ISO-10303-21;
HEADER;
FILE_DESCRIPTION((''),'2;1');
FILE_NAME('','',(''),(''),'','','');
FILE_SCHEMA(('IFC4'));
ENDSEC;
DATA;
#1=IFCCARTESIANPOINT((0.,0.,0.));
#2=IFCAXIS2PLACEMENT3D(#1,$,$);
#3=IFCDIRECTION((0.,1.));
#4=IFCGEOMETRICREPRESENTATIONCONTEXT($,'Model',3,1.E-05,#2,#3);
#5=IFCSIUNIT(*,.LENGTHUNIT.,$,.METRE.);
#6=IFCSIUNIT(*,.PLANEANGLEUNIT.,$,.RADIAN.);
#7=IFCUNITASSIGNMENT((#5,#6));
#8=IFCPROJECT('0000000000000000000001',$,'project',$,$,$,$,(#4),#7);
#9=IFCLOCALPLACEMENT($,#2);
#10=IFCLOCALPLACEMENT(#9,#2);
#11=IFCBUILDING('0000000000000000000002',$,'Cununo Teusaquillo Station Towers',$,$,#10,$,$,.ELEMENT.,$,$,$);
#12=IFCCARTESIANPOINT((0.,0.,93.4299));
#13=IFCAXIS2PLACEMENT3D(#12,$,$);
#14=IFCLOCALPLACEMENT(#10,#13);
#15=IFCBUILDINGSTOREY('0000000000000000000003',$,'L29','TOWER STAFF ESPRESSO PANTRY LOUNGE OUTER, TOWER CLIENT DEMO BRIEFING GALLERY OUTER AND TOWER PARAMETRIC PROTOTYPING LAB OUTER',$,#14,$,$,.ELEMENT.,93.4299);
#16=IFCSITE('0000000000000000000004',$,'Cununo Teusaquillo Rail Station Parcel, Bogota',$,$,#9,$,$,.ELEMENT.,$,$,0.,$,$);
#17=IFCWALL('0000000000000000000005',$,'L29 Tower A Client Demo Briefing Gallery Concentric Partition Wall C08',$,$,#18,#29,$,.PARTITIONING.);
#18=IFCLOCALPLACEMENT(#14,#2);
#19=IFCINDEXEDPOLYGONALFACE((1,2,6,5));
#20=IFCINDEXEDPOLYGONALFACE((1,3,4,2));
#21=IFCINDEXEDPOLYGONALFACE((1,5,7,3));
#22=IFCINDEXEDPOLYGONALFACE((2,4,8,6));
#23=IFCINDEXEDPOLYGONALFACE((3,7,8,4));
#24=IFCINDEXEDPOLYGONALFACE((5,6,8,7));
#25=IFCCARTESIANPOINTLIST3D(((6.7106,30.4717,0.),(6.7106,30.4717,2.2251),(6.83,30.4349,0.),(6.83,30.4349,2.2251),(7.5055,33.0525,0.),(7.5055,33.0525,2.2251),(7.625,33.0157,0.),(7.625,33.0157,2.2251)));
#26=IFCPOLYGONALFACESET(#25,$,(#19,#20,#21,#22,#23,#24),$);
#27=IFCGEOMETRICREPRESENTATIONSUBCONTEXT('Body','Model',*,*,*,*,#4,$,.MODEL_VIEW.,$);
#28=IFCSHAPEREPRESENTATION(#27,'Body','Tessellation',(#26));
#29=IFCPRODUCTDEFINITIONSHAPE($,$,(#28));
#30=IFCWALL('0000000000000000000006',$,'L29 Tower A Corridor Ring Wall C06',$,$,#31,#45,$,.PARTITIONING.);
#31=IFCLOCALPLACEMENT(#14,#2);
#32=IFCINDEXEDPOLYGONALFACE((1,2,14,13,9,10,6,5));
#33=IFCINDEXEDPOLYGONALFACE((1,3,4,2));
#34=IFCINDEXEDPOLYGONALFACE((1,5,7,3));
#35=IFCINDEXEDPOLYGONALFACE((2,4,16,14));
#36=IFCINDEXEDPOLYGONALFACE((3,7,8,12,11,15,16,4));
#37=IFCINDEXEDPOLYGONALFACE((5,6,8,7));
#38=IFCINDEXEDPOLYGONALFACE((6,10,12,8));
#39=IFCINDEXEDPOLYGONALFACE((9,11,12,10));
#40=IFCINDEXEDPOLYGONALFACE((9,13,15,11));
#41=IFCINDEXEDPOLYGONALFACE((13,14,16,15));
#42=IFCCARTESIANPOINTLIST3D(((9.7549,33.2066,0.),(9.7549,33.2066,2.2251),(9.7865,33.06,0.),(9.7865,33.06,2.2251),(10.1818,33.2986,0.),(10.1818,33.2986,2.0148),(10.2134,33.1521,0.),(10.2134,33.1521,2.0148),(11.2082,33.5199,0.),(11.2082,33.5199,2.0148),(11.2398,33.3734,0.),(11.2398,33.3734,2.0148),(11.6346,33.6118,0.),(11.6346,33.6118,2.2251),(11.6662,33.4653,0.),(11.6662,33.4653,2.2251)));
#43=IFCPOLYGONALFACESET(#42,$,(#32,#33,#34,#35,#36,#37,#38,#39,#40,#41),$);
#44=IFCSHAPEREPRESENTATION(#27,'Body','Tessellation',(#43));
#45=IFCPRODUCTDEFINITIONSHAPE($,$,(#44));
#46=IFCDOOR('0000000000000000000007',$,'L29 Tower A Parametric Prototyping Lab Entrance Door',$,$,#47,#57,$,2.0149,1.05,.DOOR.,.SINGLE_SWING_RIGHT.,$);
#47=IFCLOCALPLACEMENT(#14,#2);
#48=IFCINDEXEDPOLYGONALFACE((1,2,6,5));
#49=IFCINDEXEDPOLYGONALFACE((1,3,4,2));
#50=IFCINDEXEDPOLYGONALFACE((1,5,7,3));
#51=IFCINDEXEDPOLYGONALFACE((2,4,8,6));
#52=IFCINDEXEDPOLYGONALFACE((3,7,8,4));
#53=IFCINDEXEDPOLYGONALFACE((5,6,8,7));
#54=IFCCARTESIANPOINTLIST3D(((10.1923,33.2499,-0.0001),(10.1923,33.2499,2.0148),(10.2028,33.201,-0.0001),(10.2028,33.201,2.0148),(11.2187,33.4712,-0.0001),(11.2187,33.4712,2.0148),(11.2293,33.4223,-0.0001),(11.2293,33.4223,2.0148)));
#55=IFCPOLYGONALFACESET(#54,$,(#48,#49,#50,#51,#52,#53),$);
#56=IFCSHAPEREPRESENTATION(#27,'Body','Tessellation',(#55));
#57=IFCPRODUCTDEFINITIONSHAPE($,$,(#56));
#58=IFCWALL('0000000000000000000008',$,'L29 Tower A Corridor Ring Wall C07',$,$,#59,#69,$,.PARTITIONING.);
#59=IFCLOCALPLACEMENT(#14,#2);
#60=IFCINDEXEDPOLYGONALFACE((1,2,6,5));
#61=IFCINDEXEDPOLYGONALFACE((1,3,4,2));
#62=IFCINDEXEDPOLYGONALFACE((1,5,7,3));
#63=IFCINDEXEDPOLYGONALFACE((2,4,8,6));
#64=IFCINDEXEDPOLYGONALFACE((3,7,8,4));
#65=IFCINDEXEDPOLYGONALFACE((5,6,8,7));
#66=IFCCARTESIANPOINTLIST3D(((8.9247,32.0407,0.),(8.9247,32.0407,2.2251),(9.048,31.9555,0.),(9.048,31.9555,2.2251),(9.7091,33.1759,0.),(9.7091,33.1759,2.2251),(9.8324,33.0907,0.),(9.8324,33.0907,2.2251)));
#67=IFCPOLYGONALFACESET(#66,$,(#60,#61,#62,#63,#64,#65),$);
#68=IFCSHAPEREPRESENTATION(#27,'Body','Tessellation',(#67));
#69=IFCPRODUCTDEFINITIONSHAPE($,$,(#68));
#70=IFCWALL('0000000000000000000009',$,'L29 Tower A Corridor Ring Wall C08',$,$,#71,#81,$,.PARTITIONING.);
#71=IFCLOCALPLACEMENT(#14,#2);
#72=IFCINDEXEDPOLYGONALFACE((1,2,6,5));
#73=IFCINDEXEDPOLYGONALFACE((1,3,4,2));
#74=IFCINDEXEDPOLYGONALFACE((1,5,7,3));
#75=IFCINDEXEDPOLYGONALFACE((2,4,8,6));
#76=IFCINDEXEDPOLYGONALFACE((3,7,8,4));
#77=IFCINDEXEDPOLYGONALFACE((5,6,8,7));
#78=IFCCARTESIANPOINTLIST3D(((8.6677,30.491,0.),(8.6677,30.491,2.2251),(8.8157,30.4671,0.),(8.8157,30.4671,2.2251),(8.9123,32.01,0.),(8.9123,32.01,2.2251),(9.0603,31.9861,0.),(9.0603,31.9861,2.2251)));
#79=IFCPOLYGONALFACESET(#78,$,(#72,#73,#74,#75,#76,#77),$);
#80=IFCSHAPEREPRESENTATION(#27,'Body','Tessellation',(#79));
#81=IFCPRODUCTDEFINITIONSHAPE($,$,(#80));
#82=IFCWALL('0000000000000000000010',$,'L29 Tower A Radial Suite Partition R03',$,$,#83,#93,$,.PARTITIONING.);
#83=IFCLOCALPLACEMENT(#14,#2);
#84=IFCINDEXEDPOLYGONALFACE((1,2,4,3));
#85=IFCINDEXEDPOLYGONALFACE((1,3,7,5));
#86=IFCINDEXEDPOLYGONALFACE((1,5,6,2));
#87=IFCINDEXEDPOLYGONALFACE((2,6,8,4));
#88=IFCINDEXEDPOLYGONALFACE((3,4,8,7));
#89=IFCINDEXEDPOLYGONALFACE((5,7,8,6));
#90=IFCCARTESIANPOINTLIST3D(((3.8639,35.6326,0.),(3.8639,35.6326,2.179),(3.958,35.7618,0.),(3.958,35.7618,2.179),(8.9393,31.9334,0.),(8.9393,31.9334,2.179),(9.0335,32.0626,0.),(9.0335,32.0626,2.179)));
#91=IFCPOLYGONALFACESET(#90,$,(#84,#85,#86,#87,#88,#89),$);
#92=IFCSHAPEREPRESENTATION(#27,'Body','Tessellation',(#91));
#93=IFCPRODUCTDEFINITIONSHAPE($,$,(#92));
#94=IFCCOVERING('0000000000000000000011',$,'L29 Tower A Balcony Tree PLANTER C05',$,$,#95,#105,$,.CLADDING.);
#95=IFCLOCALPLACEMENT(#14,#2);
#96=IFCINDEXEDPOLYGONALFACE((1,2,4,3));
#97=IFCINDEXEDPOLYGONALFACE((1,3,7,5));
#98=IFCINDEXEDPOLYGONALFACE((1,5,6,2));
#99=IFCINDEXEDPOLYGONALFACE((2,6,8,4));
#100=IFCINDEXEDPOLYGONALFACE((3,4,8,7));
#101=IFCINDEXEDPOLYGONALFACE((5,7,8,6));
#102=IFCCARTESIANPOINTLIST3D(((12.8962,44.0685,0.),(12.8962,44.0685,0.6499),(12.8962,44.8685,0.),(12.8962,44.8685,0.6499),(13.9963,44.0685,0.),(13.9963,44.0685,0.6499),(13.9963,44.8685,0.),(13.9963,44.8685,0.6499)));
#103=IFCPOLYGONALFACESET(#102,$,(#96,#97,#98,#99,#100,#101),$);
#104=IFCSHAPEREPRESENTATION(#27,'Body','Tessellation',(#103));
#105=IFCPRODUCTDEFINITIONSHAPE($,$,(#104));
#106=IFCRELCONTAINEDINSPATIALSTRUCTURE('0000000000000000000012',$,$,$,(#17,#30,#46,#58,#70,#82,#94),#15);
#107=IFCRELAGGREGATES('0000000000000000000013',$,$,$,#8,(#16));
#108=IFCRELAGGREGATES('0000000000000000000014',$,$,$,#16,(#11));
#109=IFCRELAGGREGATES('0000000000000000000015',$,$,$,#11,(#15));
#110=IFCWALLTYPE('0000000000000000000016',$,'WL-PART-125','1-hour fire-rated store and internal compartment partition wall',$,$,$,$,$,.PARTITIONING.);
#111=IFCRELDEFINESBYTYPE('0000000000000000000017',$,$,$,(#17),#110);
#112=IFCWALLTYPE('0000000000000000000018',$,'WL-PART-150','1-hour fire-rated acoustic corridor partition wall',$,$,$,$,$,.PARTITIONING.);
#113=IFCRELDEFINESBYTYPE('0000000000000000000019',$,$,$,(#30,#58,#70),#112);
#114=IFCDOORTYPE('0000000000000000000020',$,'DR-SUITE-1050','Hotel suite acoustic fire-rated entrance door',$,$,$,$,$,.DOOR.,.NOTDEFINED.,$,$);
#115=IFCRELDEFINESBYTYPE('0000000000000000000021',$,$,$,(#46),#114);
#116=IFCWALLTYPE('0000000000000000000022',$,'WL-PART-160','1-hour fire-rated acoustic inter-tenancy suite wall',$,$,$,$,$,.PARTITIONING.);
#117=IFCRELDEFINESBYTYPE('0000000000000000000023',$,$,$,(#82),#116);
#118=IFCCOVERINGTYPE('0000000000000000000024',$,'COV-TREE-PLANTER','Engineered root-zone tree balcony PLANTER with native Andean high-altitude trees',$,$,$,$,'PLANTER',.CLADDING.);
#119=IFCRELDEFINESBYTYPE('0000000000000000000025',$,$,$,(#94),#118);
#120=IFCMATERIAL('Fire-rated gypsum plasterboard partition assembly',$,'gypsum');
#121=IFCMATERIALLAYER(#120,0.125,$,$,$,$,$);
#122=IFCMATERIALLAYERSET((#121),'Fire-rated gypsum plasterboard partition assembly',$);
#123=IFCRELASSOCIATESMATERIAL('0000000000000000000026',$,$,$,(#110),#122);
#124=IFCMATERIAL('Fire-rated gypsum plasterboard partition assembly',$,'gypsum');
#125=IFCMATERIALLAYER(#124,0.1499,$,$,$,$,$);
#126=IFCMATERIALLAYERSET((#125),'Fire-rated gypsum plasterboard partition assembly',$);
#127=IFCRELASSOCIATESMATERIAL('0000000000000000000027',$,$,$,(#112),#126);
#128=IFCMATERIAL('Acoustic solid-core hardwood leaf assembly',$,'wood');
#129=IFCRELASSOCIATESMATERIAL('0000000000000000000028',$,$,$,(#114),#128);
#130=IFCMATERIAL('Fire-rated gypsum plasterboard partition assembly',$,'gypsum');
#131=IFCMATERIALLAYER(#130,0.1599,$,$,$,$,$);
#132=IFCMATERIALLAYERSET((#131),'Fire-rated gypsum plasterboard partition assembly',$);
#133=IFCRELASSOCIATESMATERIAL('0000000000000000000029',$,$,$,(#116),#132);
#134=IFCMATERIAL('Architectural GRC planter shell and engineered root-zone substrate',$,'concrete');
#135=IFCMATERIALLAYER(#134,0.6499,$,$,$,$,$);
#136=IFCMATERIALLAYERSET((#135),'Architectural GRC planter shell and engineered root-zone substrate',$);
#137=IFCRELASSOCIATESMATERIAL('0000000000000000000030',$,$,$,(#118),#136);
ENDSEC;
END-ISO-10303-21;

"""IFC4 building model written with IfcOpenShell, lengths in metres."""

from ifc_helpers import new_model, si_unit, direction, frame, frame_2d, origin, origin_2d, place, context, subcontext, project, spatial, rectangle, extrude, source, transform, mapped, material, layer, layer_set, type_object, element, fill, save


model = new_model("IFC4")

# Units and contexts
model_context = context("Model", 3, precision=1e-05, world=origin(), true_north=direction((0.0, 1.0)))
body_context = subcontext(model_context, "Body", "Model", "MODEL_VIEW")
ifc_project = project(units=[si_unit("LENGTHUNIT", "METRE"), si_unit("PLANEANGLEUNIT", "RADIAN")], contexts=[model_context])

# Site, building, storey
site_placement = place(None, origin())
site = spatial("IfcSite", under=ifc_project, at=site_placement, Name="Cununo Teusaquillo Rail Station Parcel, Bogota", CompositionType="ELEMENT", RefElevation=0.0)
building_placement = place(site_placement, origin())
building = spatial("IfcBuilding", under=site, at=building_placement, Name="Cununo Teusaquillo Station Towers", CompositionType="ELEMENT")
storey_placement = place(building_placement, frame((0.0, 0.0, 93.4299)))
storey = spatial("IfcBuildingStorey", under=building, at=storey_placement, Name="L29", Description="TOWER STAFF ESPRESSO PANTRY LOUNGE OUTER, TOWER CLIENT DEMO BRIEFING GALLERY OUTER AND TOWER PARAMETRIC PROTOTYPING LAB OUTER", CompositionType="ELEMENT", Elevation=93.4299)

# Shared definitions
ifc_material_1 = material(Name="Fire-rated gypsum plasterboard partition assembly", Category="gypsum")
ifc_layer_1 = layer(ifc_material_1, 0.125)
ifc_layer_set_1 = layer_set([ifc_layer_1], Name="Fire-rated gypsum plasterboard partition assembly")
wall_type_1 = type_object("IfcWallType", Name="WL-PART-125", Description="1-hour fire-rated store and internal compartment partition wall", PredefinedType="PARTITIONING", material=ifc_layer_set_1)

# Wall
wall_1_placement = place(storey_placement, frame((7.5652, 33.0339, 0.0), z_axis=(0.0, 0.0, 1.0), x_axis=(-0.294365, -0.955693, 0.0)))
element("IfcWall", 1, at=wall_1_placement, inside=storey, type_object=wall_type_1, Name="L29 Tower A Client Demo Briefing Gallery Concentric Partition Wall C08", PredefinedType="PARTITIONING", context=body_context, shape_type="SweptSolid", body=[
    extrude(rectangle(XDim=2.7004, YDim=0.125, at=frame_2d((1.3501, 0.0))), origin(), (0.0, 0.0, 1.0), 2.2251),
])

# Wall, opening, door
ifc_material_2 = material(Name="Fire-rated gypsum plasterboard partition assembly", Category="gypsum")
ifc_layer_2 = layer(ifc_material_2, 0.1499)
ifc_layer_set_2 = layer_set([ifc_layer_2], Name="Fire-rated gypsum plasterboard partition assembly")
wall_type_2 = type_object("IfcWallType", Name="WL-PART-150", Description="1-hour fire-rated acoustic corridor partition wall", PredefinedType="PARTITIONING", material=ifc_layer_set_2)
wall_2_placement = place(storey_placement, frame((11.6504, 33.5386, 0.0), z_axis=(0.0, 0.0, 1.0), x_axis=(-0.977536, -0.210769, 0.0)))
wall_2 = element("IfcWall", 2, at=wall_2_placement, inside=storey, type_object=wall_type_2, Name="L29 Tower A Corridor Ring Wall C06", PredefinedType="PARTITIONING", context=body_context, shape_type="SweptSolid", body=[
    extrude(rectangle(XDim=1.9229, YDim=0.1499, at=frame_2d((0.9614, 0.0))), origin(), (0.0, 0.0, 1.0), 2.2251),
])
shared_shape_1 = source(origin(), body_context, "Body", "SweptSolid", [
    extrude(rectangle(XDim=1.05, YDim=2.0149, at=frame_2d((0.5249, 1.0073))), frame((0.0, 0.085, 0.0), z_axis=(0.0, -1.0, 0.0), x_axis=(1.0, 0.0, 0.0)), (0.0, 0.0, 1.0), 0.1699),
])
opening_1_placement = place(wall_2_placement, frame((0.4363, 0.0, 0.0)))
opening_1 = element("IfcOpeningElement", 3, at=opening_1_placement, cuts=wall_2, PredefinedType="OPENING", context=body_context, shape_type="MappedRepresentation", body=[
    mapped(shared_shape_1, transform((0.0, 0.0, 0.0), x_axis=(1.0, 0.0, 0.0), y_axis=(0.0, 1.0, 0.0), z_axis=(0.0, 0.0, 1.0), scale=1.0)),
])
ifc_material_3 = material(Name="Acoustic solid-core hardwood leaf assembly", Category="wood")
door_type_1 = type_object("IfcDoorType", Name="DR-SUITE-1050", Description="Hotel suite acoustic fire-rated entrance door", OperationType="NOTDEFINED", PredefinedType="DOOR", material=ifc_material_3)
shared_shape_2 = source(origin(), body_context, "Body", "SweptSolid", [
    extrude(rectangle(XDim=1.05, YDim=2.0149, at=frame_2d((0.5249, 1.0073))), frame((0.0, 0.0249, 0.0), z_axis=(0.0, -1.0, 0.0), x_axis=(1.0, 0.0, 0.0)), (0.0, 0.0, 1.0), 0.05),
])
door_1_placement = place(opening_1_placement, origin())
door_1 = element("IfcDoor", 4, at=door_1_placement, inside=storey, type_object=door_type_1, Name="L29 Tower A Parametric Prototyping Lab Entrance Door", OperationType="SINGLE_SWING_RIGHT", OverallHeight=2.0149, OverallWidth=1.05, PredefinedType="DOOR", context=body_context, shape_type="MappedRepresentation", body=[
    mapped(shared_shape_2, transform((0.0, 0.0, 0.0), x_axis=(1.0, 0.0, 0.0), y_axis=(0.0, 1.0, 0.0), z_axis=(0.0, 0.0, 1.0), scale=1.0)),
])
fill(opening_1, door_1)

# Walls
wall_3_placement = place(storey_placement, frame((9.7708, 33.1333, 0.0), z_axis=(0.0, 0.0, 1.0), x_axis=(-0.568465, -0.822708, 0.0)))
element("IfcWall", 5, at=wall_3_placement, inside=storey, type_object=wall_type_2, Name="L29 Tower A Corridor Ring Wall C07", PredefinedType="PARTITIONING", context=body_context, shape_type="SweptSolid", body=[
    extrude(rectangle(XDim=1.3799, YDim=0.1499, at=frame_2d((0.6899, 0.0))), origin(), (0.0, 0.0, 1.0), 2.2251),
])
wall_4_placement = place(storey_placement, frame((8.9863, 31.998, 0.0), z_axis=(0.0, 0.0, 1.0), x_axis=(-0.158993, -0.98728, 0.0)))
element("IfcWall", 6, at=wall_4_placement, inside=storey, type_object=wall_type_2, Name="L29 Tower A Corridor Ring Wall C08", PredefinedType="PARTITIONING", context=body_context, shape_type="SweptSolid", body=[
    extrude(rectangle(XDim=1.5386, YDim=0.1499, at=frame_2d((0.7693, 0.0))), origin(), (0.0, 0.0, 1.0), 2.2251),
])
ifc_material_4 = material(Name="Fire-rated gypsum plasterboard partition assembly", Category="gypsum")
ifc_layer_3 = layer(ifc_material_4, 0.1599)
ifc_layer_set_3 = layer_set([ifc_layer_3], Name="Fire-rated gypsum plasterboard partition assembly")
wall_type_3 = type_object("IfcWallType", Name="WL-PART-160", Description="1-hour fire-rated acoustic inter-tenancy suite wall", PredefinedType="PARTITIONING", material=ifc_layer_set_3)
wall_5_placement = place(storey_placement, frame((8.9863, 31.998, 0.0), z_axis=(0.0, 0.0, 1.0), x_axis=(-0.80813, 0.589003, 0.0)))
element("IfcWall", 7, at=wall_5_placement, inside=storey, type_object=wall_type_3, Name="L29 Tower A Radial Suite Partition R03", PredefinedType="PARTITIONING", context=body_context, shape_type="SweptSolid", body=[
    extrude(rectangle(XDim=6.2805, YDim=0.1599, at=frame_2d((3.1401, 0.0))), origin(), (0.0, 0.0, 1.0), 2.179),
])

# Covering
ifc_material_5 = material(Name="Architectural GRC planter shell and engineered root-zone substrate", Category="concrete")
ifc_layer_4 = layer(ifc_material_5, 0.6499)
ifc_layer_set_4 = layer_set([ifc_layer_4], Name="Architectural GRC planter shell and engineered root-zone substrate")
covering_type = type_object("IfcCoveringType", Name="COV-TREE-PLANTER", Description="Engineered root-zone tree balcony PLANTER with native Andean high-altitude trees", ElementType="PLANTER", PredefinedType="CLADDING", material=ifc_layer_set_4)
shared_shape_3 = source(origin(), body_context, "Body", "SweptSolid", [
    extrude(rectangle(XDim=1.1001, YDim=0.8, at=origin_2d()), origin(), (0.0, 0.0, 1.0), 0.6499),
])
covering_placement = place(storey_placement, frame((13.4463, 44.4685, 0.0), z_axis=(0.0, 0.0, 1.0), x_axis=(1.0, 0.0, 0.0)))
element("IfcCovering", 8, at=covering_placement, inside=storey, type_object=covering_type, Name="L29 Tower A Balcony Tree PLANTER C05", PredefinedType="CLADDING", context=body_context, shape_type="MappedRepresentation", body=[
    mapped(shared_shape_3, transform((0.0, 0.0, 0.0), x_axis=(1.0, 0.0, 0.0), y_axis=(0.0, 1.0, 0.0), z_axis=(0.0, 0.0, 1.0), scale=1.0)),
])

save(model, "model.ifc")
